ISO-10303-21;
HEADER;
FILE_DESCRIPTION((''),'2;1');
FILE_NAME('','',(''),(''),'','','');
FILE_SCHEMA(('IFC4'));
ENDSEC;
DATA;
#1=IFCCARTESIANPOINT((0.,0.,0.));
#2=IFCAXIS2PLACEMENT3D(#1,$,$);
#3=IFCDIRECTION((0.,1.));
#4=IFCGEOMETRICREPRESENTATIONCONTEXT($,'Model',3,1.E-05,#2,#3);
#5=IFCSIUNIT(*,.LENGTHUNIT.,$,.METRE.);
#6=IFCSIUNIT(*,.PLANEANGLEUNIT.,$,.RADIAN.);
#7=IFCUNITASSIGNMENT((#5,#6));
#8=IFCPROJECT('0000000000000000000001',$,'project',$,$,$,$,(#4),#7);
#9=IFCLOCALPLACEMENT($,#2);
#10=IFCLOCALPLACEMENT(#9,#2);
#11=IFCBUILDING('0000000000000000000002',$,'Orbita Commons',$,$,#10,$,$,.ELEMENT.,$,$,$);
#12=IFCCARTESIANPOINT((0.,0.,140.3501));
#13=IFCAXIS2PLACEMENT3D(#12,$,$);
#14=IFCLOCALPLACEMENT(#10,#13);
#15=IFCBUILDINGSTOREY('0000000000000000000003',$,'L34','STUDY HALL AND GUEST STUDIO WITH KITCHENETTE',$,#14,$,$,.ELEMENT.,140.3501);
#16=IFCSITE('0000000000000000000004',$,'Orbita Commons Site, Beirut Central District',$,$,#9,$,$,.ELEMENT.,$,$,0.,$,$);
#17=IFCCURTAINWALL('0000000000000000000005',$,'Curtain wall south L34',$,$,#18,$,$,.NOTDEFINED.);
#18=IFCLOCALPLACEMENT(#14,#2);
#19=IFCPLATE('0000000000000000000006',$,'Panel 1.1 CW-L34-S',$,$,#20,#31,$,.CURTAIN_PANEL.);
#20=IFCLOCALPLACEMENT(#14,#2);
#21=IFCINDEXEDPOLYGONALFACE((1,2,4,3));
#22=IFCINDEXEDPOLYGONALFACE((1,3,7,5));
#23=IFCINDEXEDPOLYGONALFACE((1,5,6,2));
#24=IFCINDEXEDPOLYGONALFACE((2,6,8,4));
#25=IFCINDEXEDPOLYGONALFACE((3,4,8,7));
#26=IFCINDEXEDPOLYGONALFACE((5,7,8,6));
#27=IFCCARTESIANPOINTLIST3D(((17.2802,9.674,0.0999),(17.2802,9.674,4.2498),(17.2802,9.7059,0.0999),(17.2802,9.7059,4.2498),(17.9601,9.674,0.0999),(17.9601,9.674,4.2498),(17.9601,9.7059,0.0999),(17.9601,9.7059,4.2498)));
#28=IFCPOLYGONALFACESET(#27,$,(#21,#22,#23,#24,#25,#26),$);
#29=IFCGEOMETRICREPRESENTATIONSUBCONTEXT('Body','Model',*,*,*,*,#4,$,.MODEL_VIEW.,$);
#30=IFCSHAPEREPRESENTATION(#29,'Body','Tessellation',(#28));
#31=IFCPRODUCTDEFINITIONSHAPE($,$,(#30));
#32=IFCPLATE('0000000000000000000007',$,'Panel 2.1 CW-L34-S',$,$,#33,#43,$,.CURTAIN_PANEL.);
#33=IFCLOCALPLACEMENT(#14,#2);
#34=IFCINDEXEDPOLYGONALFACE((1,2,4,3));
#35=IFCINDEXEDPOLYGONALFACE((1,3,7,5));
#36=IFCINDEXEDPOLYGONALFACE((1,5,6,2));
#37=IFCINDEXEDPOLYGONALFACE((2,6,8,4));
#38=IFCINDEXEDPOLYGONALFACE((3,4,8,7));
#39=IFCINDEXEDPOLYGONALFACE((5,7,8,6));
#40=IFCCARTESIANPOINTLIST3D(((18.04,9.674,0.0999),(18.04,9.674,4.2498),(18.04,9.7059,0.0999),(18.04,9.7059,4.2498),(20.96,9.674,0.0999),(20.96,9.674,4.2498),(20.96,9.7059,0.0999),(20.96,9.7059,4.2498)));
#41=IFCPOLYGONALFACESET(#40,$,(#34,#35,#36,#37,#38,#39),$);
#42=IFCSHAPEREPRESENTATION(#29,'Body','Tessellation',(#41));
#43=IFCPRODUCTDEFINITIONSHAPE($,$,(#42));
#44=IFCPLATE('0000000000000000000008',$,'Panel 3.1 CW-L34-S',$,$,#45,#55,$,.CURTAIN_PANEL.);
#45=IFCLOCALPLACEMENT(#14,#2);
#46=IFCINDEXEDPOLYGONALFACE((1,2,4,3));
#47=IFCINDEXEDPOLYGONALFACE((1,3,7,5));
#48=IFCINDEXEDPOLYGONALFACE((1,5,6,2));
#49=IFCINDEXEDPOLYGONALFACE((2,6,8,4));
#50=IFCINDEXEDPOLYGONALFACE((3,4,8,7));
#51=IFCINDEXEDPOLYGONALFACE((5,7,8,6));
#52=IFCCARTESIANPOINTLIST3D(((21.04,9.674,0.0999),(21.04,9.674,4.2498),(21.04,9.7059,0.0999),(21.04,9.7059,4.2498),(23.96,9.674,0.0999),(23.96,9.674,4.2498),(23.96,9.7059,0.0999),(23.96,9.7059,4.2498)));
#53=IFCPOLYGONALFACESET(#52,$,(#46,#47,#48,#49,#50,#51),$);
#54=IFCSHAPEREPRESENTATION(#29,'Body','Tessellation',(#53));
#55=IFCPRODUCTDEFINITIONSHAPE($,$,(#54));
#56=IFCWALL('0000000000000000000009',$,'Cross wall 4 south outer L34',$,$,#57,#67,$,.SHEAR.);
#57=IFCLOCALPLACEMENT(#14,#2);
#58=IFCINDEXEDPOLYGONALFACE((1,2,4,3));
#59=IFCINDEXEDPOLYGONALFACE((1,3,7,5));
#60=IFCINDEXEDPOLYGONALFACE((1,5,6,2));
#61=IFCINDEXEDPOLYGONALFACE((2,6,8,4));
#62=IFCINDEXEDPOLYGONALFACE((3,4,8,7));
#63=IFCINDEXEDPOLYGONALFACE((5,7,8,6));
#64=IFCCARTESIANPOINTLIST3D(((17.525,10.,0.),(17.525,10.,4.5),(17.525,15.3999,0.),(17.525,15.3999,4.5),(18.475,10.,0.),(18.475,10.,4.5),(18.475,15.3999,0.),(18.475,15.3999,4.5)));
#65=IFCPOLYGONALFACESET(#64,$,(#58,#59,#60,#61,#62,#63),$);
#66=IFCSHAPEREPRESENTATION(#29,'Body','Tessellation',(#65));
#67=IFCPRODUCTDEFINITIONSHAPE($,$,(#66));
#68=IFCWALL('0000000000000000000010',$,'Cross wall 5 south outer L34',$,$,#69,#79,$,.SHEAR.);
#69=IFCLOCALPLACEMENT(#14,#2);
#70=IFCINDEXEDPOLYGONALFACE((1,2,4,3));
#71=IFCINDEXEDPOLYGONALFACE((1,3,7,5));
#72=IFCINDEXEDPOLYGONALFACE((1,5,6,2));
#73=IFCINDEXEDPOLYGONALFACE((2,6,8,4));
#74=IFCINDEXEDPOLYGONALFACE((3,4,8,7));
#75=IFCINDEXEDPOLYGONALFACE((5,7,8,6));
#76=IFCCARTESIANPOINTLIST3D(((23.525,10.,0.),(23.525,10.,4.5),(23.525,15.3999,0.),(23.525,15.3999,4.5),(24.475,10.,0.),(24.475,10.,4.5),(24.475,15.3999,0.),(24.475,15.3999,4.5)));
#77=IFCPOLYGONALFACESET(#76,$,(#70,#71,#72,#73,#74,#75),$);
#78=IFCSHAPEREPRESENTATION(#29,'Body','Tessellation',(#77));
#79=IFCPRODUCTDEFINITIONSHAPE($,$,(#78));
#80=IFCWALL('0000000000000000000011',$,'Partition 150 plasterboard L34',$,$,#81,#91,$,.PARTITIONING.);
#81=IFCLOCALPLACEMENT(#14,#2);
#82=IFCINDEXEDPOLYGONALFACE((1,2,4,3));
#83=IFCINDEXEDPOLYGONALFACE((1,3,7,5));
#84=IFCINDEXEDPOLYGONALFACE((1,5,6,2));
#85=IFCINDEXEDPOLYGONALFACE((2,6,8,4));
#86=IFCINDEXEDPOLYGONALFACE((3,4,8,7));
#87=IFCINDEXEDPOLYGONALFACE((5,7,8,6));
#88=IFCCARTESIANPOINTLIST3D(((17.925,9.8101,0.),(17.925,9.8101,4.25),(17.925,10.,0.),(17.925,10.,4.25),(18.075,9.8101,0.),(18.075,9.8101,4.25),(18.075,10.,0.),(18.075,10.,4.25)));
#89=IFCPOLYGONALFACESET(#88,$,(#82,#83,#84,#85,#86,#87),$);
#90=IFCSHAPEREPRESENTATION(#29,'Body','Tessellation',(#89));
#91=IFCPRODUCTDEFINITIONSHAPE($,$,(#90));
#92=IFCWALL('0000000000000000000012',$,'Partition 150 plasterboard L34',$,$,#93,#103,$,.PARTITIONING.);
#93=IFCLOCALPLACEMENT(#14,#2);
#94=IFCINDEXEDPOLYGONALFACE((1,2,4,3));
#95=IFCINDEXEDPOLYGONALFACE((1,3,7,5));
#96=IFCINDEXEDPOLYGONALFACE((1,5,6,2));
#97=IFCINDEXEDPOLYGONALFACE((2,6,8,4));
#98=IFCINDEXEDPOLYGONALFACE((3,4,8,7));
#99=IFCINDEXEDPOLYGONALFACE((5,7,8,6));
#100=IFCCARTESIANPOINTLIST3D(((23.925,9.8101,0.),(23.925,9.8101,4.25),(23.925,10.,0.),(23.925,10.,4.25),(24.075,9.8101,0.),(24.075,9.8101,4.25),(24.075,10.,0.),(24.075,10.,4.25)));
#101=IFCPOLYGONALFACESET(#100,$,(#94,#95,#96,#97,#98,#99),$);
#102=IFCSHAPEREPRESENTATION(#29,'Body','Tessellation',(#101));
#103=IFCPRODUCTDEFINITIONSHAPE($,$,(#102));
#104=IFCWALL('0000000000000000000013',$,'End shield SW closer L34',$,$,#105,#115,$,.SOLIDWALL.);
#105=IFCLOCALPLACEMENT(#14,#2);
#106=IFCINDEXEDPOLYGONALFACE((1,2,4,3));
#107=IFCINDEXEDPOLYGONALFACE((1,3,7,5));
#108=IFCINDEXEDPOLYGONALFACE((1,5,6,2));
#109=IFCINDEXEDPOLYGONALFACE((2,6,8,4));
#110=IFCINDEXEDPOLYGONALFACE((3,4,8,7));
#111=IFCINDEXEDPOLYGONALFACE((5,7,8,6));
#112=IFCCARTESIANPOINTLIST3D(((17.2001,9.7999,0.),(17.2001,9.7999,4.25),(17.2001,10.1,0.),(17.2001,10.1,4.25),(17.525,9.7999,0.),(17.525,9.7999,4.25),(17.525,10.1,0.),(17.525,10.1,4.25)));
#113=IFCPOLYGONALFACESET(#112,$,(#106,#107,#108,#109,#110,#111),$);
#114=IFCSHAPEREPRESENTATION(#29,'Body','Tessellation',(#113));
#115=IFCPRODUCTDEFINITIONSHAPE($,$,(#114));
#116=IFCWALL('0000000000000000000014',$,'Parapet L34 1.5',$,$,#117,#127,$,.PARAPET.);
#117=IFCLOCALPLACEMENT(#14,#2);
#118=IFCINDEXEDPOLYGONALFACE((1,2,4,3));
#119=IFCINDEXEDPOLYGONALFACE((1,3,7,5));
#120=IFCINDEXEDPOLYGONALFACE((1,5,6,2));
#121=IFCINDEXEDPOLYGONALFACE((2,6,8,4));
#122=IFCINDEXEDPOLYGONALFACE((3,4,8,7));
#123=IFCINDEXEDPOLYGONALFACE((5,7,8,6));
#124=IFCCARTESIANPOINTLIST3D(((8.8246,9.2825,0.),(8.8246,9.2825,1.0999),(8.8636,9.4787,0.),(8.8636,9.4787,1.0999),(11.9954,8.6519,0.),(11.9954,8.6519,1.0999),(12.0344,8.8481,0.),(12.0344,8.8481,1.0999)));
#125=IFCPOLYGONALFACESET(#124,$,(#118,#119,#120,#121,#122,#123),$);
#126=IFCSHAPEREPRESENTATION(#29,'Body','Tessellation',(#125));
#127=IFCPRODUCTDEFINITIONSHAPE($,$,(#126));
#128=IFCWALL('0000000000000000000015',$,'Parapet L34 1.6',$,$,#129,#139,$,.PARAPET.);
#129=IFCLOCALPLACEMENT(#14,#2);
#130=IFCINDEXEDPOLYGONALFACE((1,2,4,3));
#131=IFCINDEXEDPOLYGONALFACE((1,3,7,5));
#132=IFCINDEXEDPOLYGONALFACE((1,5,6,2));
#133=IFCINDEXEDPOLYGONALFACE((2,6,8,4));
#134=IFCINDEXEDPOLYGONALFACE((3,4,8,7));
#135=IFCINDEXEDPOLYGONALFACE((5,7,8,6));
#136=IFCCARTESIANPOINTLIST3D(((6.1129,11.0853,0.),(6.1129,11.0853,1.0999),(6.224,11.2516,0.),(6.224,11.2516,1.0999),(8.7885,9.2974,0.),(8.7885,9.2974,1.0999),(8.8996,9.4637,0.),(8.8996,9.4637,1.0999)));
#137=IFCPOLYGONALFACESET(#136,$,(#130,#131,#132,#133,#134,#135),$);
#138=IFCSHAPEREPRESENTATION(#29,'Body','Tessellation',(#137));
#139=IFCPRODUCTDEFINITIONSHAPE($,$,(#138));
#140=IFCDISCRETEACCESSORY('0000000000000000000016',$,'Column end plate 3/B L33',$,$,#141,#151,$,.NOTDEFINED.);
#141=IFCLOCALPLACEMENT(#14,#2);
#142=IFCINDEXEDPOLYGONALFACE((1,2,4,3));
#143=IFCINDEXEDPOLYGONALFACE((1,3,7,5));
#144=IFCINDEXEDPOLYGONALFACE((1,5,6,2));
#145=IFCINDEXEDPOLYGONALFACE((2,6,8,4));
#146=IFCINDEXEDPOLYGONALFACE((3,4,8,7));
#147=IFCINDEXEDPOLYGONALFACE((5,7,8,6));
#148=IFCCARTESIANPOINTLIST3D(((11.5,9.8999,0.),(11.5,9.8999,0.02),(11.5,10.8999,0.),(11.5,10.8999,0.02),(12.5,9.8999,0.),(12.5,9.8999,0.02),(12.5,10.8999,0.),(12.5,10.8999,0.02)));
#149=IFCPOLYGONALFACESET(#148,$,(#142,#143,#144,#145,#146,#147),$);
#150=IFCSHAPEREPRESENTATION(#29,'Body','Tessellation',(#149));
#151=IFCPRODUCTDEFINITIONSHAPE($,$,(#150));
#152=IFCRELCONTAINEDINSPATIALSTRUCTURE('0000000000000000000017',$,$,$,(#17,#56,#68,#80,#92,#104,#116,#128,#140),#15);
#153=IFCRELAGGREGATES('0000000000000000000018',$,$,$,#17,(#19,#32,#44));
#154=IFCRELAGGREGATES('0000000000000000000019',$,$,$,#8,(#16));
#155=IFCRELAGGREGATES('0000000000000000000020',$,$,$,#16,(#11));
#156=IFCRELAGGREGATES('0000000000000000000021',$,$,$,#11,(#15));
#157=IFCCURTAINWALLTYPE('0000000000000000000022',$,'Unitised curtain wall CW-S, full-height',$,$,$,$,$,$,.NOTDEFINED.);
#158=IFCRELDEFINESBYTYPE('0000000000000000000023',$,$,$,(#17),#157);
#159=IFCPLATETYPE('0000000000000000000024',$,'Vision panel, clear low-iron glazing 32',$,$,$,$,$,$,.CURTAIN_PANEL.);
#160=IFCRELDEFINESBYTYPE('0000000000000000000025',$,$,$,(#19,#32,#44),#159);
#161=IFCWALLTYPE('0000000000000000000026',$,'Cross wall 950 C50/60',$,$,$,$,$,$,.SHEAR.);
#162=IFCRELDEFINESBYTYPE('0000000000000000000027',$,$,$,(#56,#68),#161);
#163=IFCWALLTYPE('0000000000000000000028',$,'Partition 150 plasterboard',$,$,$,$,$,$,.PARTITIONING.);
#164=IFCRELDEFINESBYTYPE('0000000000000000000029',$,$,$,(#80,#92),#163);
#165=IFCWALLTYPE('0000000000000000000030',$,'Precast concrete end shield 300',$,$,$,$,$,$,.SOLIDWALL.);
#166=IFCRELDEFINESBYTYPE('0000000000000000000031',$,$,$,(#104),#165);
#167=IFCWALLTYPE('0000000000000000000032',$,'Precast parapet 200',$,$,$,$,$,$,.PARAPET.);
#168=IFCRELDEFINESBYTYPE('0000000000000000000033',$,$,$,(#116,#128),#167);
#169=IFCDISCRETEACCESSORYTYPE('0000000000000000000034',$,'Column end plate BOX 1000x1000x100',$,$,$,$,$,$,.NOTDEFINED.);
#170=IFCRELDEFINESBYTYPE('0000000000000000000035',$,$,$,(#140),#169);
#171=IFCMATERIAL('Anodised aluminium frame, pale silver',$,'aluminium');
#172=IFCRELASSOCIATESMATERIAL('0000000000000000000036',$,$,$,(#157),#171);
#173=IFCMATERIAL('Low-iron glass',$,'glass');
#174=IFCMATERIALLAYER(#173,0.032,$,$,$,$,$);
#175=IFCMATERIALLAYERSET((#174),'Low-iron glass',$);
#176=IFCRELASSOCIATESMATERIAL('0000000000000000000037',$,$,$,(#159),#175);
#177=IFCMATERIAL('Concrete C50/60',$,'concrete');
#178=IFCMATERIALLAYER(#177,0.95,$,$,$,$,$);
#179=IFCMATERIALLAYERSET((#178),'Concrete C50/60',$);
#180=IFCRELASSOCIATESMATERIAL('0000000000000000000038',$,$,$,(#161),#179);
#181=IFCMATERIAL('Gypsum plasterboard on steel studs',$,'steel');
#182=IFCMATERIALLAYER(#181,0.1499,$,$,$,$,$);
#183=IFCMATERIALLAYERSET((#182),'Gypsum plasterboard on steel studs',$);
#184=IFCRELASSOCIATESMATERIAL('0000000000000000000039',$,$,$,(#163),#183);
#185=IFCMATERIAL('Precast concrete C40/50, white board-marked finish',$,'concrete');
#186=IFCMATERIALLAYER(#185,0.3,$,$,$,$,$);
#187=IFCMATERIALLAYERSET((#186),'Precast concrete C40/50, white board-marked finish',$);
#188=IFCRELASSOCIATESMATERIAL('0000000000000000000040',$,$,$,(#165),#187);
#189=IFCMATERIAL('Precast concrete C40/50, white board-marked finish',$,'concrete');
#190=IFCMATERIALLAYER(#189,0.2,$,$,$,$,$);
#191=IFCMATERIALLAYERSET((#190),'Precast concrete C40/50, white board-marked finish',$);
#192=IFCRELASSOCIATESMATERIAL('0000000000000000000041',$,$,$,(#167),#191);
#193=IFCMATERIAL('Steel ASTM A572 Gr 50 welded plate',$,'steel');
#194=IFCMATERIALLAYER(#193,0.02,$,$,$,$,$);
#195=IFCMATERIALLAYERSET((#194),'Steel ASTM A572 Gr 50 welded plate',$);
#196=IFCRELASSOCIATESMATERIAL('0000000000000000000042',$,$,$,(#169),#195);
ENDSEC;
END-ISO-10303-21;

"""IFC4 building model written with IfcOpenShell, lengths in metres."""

from ifc_helpers import new_model, si_unit, direction, frame, frame_2d, origin, origin_2d, place, context, subcontext, project, spatial, rectangle, extrude, material, layer, layer_set, type_object, element, aggregate, save


model = new_model("IFC4")

# Units and contexts
model_context = context("Model", 3, precision=1e-05, world=origin(), true_north=direction((0.0, 1.0)))
body_context = subcontext(model_context, "Body", "Model", "MODEL_VIEW")
ifc_project = project(units=[si_unit("LENGTHUNIT", "METRE"), si_unit("PLANEANGLEUNIT", "RADIAN")], contexts=[model_context])

# Site, building, storey
site_placement = place(None, origin())
site = spatial("IfcSite", under=ifc_project, at=site_placement, Name="Orbita Commons Site, Beirut Central District", CompositionType="ELEMENT", RefElevation=0.0)
building_placement = place(site_placement, origin())
building = spatial("IfcBuilding", under=site, at=building_placement, Name="Orbita Commons", CompositionType="ELEMENT")
storey_placement = place(building_placement, frame((0.0, 0.0, 140.3501)))
storey = spatial("IfcBuildingStorey", under=building, at=storey_placement, Name="L34", Description="STUDY HALL AND GUEST STUDIO WITH KITCHENETTE", CompositionType="ELEMENT", Elevation=140.3501)

# Curtain wall
ifc_material_1 = material(Name="Anodised aluminium frame, pale silver", Category="aluminium")
curtain_wall_type = type_object("IfcCurtainWallType", Name="Unitised curtain wall CW-S, full-height", PredefinedType="NOTDEFINED", material=ifc_material_1)
curtain_wall_placement = place(storey_placement, origin())
curtain_wall = element("IfcCurtainWall", 1, at=curtain_wall_placement, inside=storey, type_object=curtain_wall_type, Name="Curtain wall south L34", PredefinedType="NOTDEFINED")

# Plates
ifc_material_2 = material(Name="Low-iron glass", Category="glass")
ifc_layer_1 = layer(ifc_material_2, 0.032)
ifc_layer_set_1 = layer_set([ifc_layer_1], Name="Low-iron glass")
plate_type = type_object("IfcPlateType", Name="Vision panel, clear low-iron glazing 32", PredefinedType="CURTAIN_PANEL", material=ifc_layer_set_1)
plate_1_placement = place(storey_placement, frame((17.6201, 9.6899, 0.0999), z_axis=(0.0, 0.0, 1.0), x_axis=(1.0, 0.0, 0.0)))
plate_1 = element("IfcPlate", 2, at=plate_1_placement, type_object=plate_type, Name="Panel 1.1 CW-L34-S", PredefinedType="CURTAIN_PANEL", context=body_context, shape_type="SweptSolid", body=[
    extrude(rectangle(XDim=0.6799, YDim=0.032, at=origin_2d()), origin(), (0.0, 0.0, 1.0), 4.1499),
])
plate_2_placement = place(storey_placement, frame((19.5, 9.6899, 0.0999), z_axis=(0.0, 0.0, 1.0), x_axis=(1.0, 0.0, 0.0)))
plate_2 = element("IfcPlate", 3, at=plate_2_placement, type_object=plate_type, Name="Panel 2.1 CW-L34-S", PredefinedType="CURTAIN_PANEL", context=body_context, shape_type="SweptSolid", body=[
    extrude(rectangle(XDim=2.9199, YDim=0.032, at=origin_2d()), origin(), (0.0, 0.0, 1.0), 4.1499),
])
plate_3_placement = place(storey_placement, frame((22.5, 9.6899, 0.0999), z_axis=(0.0, 0.0, 1.0), x_axis=(1.0, 0.0, 0.0)))
plate_3 = element("IfcPlate", 4, at=plate_3_placement, type_object=plate_type, Name="Panel 3.1 CW-L34-S", PredefinedType="CURTAIN_PANEL", context=body_context, shape_type="SweptSolid", body=[
    extrude(rectangle(XDim=2.9199, YDim=0.032, at=origin_2d()), origin(), (0.0, 0.0, 1.0), 4.1499),
])
aggregate(curtain_wall, [plate_1, plate_2, plate_3])

# Walls
ifc_material_3 = material(Name="Concrete C50/60", Category="concrete")
ifc_layer_2 = layer(ifc_material_3, 0.95)
ifc_layer_set_2 = layer_set([ifc_layer_2], Name="Concrete C50/60")
wall_type_1 = type_object("IfcWallType", Name="Cross wall 950 C50/60", PredefinedType="SHEAR", material=ifc_layer_set_2)
for number, where, z_axis, x_axis, name in (
    (5, (18.0, 10.0, 0.0), (0.0, 0.0, 1.0), (0.0, 1.0, 0.0), "Cross wall 4 south outer L34"),
    (6, (24.0, 10.0, 0.0), (0.0, 0.0, 1.0), (0.0, 1.0, 0.0), "Cross wall 5 south outer L34"),
):
    element("IfcWall", number, at=place(storey_placement, frame(where, z_axis=z_axis, x_axis=x_axis)), inside=storey, type_object=wall_type_1, Name=name, PredefinedType="SHEAR", context=body_context, shape_type="SweptSolid", body=[
        extrude(rectangle(XDim=5.3999, YDim=0.95, at=frame_2d((2.7, 0.0))), origin(), (0.0, 0.0, 1.0), 4.5),
    ])
ifc_material_4 = material(Name="Gypsum plasterboard on steel studs", Category="steel")
ifc_layer_3 = layer(ifc_material_4, 0.1499)
ifc_layer_set_3 = layer_set([ifc_layer_3], Name="Gypsum plasterboard on steel studs")
wall_type_2 = type_object("IfcWallType", Name="Partition 150 plasterboard", PredefinedType="PARTITIONING", material=ifc_layer_set_3)
for number, where, z_axis, x_axis, name in (
    (7, (18.0, 10.0, 0.0), (0.0, 0.0, 1.0), (0.0, -1.0, 0.0), "Partition 150 plasterboard L34"),
    (8, (24.0, 10.0, 0.0), (0.0, 0.0, 1.0), (0.0, -1.0, 0.0), "Partition 150 plasterboard L34"),
):
    element("IfcWall", number, at=place(storey_placement, frame(where, z_axis=z_axis, x_axis=x_axis)), inside=storey, type_object=wall_type_2, Name=name, PredefinedType="PARTITIONING", context=body_context, shape_type="SweptSolid", body=[
        extrude(rectangle(XDim=0.1899, YDim=0.1499, at=frame_2d((0.095, 0.0))), origin(), (0.0, 0.0, 1.0), 4.25),
    ])
ifc_material_5 = material(Name="Precast concrete C40/50, white board-marked finish", Category="concrete")
ifc_layer_4 = layer(ifc_material_5, 0.3)
ifc_layer_set_4 = layer_set([ifc_layer_4], Name="Precast concrete C40/50, white board-marked finish")
wall_type_3 = type_object("IfcWallType", Name="Precast concrete end shield 300", PredefinedType="SOLIDWALL", material=ifc_layer_set_4)
wall_1_placement = place(storey_placement, frame((17.2, 9.95, 0.0), z_axis=(0.0, 0.0, 1.0), x_axis=(1.0, 0.0, 0.0)))
element("IfcWall", 9, at=wall_1_placement, inside=storey, type_object=wall_type_3, Name="End shield SW closer L34", PredefinedType="SOLIDWALL", context=body_context, shape_type="SweptSolid", body=[
    extrude(rectangle(XDim=0.325, YDim=0.3, at=frame_2d((0.1626, 0.0))), origin(), (0.0, 0.0, 1.0), 4.25),
])
ifc_material_6 = material(Name="Precast concrete C40/50, white board-marked finish", Category="concrete")
ifc_layer_5 = layer(ifc_material_6, 0.2)
ifc_layer_set_5 = layer_set([ifc_layer_5], Name="Precast concrete C40/50, white board-marked finish")
wall_type_4 = type_object("IfcWallType", Name="Precast parapet 200", PredefinedType="PARAPET", material=ifc_layer_set_5)
wall_2_placement = place(storey_placement, frame((12.0149, 8.75, 0.0), z_axis=(0.0, 0.0, 1.0), x_axis=(-0.980792, 0.195056, 0.0)))
element("IfcWall", 10, at=wall_2_placement, inside=storey, type_object=wall_type_4, Name="Parapet L34 1.5", PredefinedType="PARAPET", context=body_context, shape_type="SweptSolid", body=[
    extrude(rectangle(XDim=3.2329, YDim=0.2, at=frame_2d((1.6165, 0.0))), origin(), (0.0, 0.0, 1.0), 1.0999),
])
wall_3_placement = place(storey_placement, frame((8.844, 9.3806, 0.0), z_axis=(0.0, 0.0, 1.0), x_axis=(-0.831455, 0.555593, 0.0)))
element("IfcWall", 11, at=wall_3_placement, inside=storey, type_object=wall_type_4, Name="Parapet L34 1.6", PredefinedType="PARAPET", context=body_context, shape_type="SweptSolid", body=[
    extrude(rectangle(XDim=3.218, YDim=0.2, at=frame_2d((1.6089, 0.0))), origin(), (0.0, 0.0, 1.0), 1.0999),
])

# Discrete accessory
ifc_material_7 = material(Name="Steel ASTM A572 Gr 50 welded plate", Category="steel")
ifc_layer_6 = layer(ifc_material_7, 0.02)
ifc_layer_set_6 = layer_set([ifc_layer_6], Name="Steel ASTM A572 Gr 50 welded plate")
discrete_accessory_type = type_object("IfcDiscreteAccessoryType", Name="Column end plate BOX 1000x1000x100", PredefinedType="NOTDEFINED", material=ifc_layer_set_6)
discrete_accessory_placement = place(storey_placement, frame((12.0, 10.3999, 0.0), z_axis=(0.0, 0.0, 1.0), x_axis=(1.0, 0.0, 0.0)))
element("IfcDiscreteAccessory", 12, at=discrete_accessory_placement, inside=storey, type_object=discrete_accessory_type, Name="Column end plate 3/B L33", PredefinedType="NOTDEFINED", context=body_context, shape_type="SweptSolid", body=[
    extrude(rectangle(XDim=1.0, YDim=1.0, at=origin_2d()), origin(), (0.0, 0.0, 1.0), 0.02),
])

save(model, "model.ifc")
